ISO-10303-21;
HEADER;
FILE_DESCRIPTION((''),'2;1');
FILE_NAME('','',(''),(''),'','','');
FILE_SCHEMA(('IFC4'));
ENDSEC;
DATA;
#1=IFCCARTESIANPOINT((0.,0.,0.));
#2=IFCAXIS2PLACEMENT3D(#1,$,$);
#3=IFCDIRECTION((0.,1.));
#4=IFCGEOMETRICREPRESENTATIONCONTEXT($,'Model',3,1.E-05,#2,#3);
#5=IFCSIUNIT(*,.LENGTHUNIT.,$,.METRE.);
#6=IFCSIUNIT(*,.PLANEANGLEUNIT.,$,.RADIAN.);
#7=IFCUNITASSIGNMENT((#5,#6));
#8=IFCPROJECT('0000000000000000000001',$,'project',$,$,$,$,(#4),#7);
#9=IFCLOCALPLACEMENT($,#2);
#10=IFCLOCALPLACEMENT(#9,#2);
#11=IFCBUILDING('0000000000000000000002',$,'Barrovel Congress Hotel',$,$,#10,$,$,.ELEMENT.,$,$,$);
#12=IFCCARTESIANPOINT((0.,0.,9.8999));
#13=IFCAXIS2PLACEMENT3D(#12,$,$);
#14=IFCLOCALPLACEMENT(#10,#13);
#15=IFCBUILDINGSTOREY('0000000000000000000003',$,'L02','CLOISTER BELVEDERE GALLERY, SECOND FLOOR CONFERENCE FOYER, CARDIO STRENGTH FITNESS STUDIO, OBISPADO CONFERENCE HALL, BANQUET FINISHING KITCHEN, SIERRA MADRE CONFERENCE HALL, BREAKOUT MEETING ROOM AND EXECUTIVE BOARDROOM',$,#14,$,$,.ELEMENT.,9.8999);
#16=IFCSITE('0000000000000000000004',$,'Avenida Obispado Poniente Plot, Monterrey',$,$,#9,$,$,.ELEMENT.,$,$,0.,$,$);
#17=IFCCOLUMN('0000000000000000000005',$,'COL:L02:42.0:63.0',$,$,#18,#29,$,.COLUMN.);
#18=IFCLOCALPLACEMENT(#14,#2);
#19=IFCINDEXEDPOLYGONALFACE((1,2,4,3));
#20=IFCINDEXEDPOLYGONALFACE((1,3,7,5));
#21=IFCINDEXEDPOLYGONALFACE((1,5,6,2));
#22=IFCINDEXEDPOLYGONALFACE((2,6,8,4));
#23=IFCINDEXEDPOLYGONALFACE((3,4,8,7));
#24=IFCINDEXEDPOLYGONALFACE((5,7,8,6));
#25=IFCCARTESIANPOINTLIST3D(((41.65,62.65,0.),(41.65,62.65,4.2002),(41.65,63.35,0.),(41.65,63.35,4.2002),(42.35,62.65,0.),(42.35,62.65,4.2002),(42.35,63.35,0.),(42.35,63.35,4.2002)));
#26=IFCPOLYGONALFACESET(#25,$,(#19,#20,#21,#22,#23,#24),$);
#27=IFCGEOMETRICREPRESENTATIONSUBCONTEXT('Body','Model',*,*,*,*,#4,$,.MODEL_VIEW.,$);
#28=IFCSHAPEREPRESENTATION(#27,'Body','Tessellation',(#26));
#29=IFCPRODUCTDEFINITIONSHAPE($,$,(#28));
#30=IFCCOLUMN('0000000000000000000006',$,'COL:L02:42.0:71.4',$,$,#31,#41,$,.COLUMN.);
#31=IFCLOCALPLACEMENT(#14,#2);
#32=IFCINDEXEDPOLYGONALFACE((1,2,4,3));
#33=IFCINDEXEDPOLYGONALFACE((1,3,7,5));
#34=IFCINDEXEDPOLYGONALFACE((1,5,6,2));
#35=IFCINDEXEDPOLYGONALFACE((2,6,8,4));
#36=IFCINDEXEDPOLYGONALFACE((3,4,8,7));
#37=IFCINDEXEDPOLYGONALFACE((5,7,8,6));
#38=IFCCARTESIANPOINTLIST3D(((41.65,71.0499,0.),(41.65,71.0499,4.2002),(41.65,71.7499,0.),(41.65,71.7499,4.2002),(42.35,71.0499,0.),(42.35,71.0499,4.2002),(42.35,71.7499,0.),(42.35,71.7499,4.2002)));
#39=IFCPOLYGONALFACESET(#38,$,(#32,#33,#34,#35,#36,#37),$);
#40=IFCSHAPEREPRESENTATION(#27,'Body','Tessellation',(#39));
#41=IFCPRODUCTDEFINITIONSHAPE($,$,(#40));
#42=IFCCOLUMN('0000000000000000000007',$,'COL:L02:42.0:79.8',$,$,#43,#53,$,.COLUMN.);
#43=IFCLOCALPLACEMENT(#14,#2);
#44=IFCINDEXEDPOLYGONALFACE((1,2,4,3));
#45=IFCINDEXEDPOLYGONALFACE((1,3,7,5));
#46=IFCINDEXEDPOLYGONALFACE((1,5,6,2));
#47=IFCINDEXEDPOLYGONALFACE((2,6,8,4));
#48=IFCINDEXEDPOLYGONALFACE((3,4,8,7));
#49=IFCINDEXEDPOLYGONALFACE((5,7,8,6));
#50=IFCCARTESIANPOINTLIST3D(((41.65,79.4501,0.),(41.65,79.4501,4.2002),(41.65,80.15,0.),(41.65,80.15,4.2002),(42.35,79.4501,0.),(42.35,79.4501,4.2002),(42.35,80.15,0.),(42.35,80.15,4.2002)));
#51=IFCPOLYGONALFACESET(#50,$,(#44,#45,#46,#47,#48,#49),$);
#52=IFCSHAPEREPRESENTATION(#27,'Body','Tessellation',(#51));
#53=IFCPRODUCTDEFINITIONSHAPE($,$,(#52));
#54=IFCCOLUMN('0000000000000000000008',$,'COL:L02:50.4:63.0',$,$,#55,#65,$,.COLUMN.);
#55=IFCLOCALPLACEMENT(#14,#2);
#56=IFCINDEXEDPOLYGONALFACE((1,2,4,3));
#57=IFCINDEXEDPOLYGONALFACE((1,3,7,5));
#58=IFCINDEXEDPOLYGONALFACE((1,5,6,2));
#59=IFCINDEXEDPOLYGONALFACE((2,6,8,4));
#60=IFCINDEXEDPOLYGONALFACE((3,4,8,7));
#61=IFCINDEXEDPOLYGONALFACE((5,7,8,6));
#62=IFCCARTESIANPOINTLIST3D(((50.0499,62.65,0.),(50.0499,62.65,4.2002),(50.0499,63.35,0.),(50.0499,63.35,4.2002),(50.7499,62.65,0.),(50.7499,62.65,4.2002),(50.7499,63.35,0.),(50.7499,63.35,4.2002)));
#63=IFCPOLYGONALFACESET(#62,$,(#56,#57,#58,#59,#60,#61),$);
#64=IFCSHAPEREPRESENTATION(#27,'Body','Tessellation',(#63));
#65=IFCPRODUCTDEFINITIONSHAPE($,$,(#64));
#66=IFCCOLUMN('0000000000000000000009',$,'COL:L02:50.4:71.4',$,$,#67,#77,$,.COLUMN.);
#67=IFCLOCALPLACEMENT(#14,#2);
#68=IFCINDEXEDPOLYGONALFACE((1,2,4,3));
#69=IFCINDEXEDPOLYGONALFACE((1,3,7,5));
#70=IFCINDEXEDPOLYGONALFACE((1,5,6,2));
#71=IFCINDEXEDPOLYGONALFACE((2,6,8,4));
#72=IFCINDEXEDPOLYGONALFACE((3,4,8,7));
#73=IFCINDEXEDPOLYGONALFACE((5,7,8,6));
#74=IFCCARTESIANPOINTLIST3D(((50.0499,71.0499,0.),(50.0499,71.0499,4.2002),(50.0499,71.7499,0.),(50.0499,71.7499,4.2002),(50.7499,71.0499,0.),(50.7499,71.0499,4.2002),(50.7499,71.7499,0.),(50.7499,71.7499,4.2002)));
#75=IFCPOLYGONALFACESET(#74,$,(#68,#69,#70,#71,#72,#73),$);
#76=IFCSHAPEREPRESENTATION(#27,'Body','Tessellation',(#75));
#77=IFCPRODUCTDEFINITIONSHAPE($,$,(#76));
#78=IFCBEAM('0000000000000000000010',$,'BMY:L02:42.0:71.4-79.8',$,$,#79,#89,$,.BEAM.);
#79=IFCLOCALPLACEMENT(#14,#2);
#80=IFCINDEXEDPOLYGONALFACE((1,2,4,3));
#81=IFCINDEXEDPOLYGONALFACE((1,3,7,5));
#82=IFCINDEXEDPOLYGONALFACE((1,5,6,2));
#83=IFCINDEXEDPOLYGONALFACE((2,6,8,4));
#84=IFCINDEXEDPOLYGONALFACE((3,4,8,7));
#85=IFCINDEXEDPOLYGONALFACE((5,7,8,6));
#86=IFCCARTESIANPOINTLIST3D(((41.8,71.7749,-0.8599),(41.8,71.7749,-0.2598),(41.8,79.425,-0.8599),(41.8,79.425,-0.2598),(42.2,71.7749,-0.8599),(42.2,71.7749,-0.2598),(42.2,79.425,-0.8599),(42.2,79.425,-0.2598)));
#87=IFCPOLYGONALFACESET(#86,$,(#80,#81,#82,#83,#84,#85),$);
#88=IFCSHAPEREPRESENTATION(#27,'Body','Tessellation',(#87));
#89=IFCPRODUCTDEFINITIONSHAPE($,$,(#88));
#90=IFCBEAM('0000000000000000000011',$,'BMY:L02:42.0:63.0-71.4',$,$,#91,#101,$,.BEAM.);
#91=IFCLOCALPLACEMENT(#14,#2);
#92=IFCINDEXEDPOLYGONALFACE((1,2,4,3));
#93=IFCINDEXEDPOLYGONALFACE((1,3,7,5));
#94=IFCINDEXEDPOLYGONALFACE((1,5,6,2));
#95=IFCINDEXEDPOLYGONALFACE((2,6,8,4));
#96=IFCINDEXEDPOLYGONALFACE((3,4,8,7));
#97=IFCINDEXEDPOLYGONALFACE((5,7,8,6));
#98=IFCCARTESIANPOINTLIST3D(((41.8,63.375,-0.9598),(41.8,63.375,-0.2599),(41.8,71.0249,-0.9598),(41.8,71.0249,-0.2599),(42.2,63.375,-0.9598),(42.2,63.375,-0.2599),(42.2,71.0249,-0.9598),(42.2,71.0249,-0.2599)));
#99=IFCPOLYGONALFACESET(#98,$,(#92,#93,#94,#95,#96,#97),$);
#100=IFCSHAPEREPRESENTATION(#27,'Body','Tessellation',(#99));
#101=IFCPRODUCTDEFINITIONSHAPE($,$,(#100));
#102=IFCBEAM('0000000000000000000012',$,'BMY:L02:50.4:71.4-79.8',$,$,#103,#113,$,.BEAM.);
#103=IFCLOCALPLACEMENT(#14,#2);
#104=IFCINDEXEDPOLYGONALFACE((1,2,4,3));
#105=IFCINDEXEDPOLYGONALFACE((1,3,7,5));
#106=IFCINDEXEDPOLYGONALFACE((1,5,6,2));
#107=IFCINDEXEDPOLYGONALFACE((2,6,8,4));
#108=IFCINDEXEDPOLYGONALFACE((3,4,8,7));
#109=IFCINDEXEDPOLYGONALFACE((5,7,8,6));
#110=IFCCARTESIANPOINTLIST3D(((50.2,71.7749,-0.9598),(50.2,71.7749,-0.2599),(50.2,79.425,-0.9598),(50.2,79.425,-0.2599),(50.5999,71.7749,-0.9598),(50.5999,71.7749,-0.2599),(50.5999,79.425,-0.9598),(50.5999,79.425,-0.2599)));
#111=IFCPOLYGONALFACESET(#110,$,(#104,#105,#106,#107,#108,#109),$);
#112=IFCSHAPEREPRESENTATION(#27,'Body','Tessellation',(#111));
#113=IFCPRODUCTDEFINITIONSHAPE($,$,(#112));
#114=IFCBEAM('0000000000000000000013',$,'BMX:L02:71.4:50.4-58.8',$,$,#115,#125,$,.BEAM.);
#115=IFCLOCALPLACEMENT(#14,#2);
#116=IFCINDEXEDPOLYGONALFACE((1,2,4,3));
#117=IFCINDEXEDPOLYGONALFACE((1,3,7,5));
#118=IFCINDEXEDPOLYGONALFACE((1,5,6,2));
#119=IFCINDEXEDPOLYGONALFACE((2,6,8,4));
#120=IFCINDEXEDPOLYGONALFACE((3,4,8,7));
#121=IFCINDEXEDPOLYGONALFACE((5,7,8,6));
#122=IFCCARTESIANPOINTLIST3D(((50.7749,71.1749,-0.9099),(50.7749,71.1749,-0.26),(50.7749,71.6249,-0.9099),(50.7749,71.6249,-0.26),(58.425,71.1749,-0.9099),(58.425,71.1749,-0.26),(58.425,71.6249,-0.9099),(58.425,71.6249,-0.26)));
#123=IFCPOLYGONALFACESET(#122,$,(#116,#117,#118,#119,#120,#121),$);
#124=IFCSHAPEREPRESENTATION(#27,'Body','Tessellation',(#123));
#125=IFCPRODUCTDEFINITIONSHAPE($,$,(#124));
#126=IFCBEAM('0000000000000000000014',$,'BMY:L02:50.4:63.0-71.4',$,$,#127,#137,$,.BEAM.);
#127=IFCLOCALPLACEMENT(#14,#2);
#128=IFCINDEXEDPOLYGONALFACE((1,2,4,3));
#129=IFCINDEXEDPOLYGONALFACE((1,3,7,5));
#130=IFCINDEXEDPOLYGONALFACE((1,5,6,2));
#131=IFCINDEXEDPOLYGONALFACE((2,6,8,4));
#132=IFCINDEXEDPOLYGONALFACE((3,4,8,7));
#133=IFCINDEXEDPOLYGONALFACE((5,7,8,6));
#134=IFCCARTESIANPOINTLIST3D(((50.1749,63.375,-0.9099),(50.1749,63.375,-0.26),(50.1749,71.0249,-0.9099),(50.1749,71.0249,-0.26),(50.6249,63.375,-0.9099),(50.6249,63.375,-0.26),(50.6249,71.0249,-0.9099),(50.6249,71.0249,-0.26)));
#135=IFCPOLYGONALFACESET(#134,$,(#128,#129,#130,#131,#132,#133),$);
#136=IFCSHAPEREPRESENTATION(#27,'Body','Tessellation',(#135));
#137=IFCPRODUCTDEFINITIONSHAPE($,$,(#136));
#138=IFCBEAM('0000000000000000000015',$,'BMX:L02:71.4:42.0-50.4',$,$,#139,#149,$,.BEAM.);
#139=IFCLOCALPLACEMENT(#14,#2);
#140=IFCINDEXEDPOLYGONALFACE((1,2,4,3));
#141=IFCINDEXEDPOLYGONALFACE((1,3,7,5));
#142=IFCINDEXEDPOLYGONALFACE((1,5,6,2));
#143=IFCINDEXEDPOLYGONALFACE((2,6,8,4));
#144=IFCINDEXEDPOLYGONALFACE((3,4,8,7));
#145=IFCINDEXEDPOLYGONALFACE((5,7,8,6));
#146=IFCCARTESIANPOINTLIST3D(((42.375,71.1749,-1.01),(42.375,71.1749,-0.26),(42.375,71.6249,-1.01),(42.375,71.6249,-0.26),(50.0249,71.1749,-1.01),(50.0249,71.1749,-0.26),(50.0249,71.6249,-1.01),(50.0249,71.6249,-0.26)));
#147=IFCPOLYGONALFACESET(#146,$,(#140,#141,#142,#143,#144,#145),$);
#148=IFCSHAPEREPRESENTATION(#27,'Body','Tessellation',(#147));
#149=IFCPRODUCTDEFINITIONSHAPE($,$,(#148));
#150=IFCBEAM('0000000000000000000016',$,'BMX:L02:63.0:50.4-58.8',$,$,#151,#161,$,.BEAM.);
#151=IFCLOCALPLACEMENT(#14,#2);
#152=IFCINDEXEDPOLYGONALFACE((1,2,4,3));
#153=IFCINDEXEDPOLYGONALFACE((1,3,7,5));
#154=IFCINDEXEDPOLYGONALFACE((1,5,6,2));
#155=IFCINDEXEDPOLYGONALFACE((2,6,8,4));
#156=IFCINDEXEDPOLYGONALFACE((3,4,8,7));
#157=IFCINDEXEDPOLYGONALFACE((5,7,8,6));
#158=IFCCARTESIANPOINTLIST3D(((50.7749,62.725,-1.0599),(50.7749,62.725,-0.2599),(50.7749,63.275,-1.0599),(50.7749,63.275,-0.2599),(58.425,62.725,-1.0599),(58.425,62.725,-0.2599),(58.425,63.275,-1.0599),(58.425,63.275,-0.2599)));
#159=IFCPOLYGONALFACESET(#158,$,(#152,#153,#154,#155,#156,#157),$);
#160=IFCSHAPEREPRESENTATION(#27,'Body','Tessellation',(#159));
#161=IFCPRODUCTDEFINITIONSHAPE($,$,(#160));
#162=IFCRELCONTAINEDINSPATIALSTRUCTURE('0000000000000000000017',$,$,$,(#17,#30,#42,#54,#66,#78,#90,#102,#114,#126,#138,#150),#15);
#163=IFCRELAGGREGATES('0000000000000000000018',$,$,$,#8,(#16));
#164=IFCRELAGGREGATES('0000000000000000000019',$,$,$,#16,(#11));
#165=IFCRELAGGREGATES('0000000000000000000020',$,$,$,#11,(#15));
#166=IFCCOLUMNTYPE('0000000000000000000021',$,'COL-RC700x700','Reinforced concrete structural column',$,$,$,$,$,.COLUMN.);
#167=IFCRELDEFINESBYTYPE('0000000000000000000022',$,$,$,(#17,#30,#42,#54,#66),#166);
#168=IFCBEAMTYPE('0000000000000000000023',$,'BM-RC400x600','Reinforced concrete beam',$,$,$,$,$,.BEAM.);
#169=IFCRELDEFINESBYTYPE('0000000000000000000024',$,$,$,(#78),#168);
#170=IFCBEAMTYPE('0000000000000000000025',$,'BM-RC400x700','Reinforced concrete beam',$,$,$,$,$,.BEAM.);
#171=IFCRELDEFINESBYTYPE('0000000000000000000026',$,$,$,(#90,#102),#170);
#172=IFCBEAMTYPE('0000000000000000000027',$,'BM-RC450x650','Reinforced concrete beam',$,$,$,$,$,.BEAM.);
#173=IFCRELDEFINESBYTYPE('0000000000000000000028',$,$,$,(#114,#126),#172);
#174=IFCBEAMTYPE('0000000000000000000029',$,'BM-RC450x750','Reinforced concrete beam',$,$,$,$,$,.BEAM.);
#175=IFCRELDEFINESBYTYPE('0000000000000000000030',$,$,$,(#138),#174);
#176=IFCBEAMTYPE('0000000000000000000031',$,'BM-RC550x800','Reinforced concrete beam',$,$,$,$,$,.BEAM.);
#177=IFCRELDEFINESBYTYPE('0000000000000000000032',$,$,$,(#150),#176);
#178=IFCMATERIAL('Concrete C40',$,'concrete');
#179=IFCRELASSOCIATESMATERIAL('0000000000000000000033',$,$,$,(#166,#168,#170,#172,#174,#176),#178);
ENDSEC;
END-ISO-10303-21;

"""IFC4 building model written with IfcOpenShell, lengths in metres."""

from ifc_helpers import new_model, si_unit, direction, frame, origin, origin_2d, place, context, subcontext, project, spatial, rectangle, extrude, material, material_profile, profile_set, type_object, element, save


model = new_model("IFC4")

# Units and contexts
model_context = context("Model", 3, precision=1e-05, world=origin(), true_north=direction((0.0, 1.0)))
body_context = subcontext(model_context, "Body", "Model", "MODEL_VIEW")
ifc_project = project(units=[si_unit("LENGTHUNIT", "METRE"), si_unit("PLANEANGLEUNIT", "RADIAN")], contexts=[model_context])

# Site, building, storey
site_placement = place(None, origin())
site = spatial("IfcSite", under=ifc_project, at=site_placement, Name="Avenida Obispado Poniente Plot, Monterrey", CompositionType="ELEMENT", RefElevation=0.0)
building_placement = place(site_placement, origin())
building = spatial("IfcBuilding", under=site, at=building_placement, Name="Barrovel Congress Hotel", CompositionType="ELEMENT")
storey_placement = place(building_placement, frame((0.0, 0.0, 9.8999)))
storey = spatial("IfcBuildingStorey", under=building, at=storey_placement, Name="L02", Description="CLOISTER BELVEDERE GALLERY, SECOND FLOOR CONFERENCE FOYER, CARDIO STRENGTH FITNESS STUDIO, OBISPADO CONFERENCE HALL, BANQUET FINISHING KITCHEN, SIERRA MADRE CONFERENCE HALL, BREAKOUT MEETING ROOM AND EXECUTIVE BOARDROOM", CompositionType="ELEMENT", Elevation=9.8999)

# Columns
ifc_material_1 = material(Name="Concrete C40", Category="concrete")
ifc_material_profile_1 = material_profile(ifc_material_1, rectangle(XDim=0.7, YDim=0.7, at=origin_2d()), Name="RC700x700")
ifc_profile_set_1 = profile_set([ifc_material_profile_1], Name="Concrete C40")
column_type = type_object("IfcColumnType", Name="COL-RC700x700", Description="Reinforced concrete structural column", PredefinedType="COLUMN", material=ifc_profile_set_1)
for number, where, z_axis, x_axis, name in (
    (1, (42.0, 63.0, 0.0), (0.0, 0.0, 1.0), (1.0, 0.0, 0.0), "COL:L02:42.0:63.0"),
    (2, (42.0, 71.3999, 0.0), (0.0, 0.0, 1.0), (1.0, 0.0, 0.0), "COL:L02:42.0:71.4"),
    (3, (42.0, 79.8, 0.0), (0.0, 0.0, 1.0), (1.0, 0.0, 0.0), "COL:L02:42.0:79.8"),
    (4, (50.3999, 63.0, 0.0), (0.0, 0.0, 1.0), (1.0, 0.0, 0.0), "COL:L02:50.4:63.0"),
    (5, (50.3999, 71.3999, 0.0), (0.0, 0.0, 1.0), (1.0, 0.0, 0.0), "COL:L02:50.4:71.4"),
):
    element("IfcColumn", number, at=place(storey_placement, frame(where, z_axis=z_axis, x_axis=x_axis)), inside=storey, type_object=column_type, Name=name, PredefinedType="COLUMN", context=body_context, shape_type="SweptSolid", body=[
        extrude(rectangle(XDim=0.7, YDim=0.7, at=origin_2d()), origin(), (0.0, 0.0, 1.0), 4.2002),
    ])

# Beams
ifc_material_profile_2 = material_profile(ifc_material_1, rectangle(XDim=0.3999, YDim=0.6001, at=origin_2d()), Name="RC400x600")
ifc_profile_set_2 = profile_set([ifc_material_profile_2], Name="Concrete C40")
beam_type_1 = type_object("IfcBeamType", Name="BM-RC400x600", Description="Reinforced concrete beam", PredefinedType="BEAM", material=ifc_profile_set_2)
beam_1_placement = place(storey_placement, frame((42.0, 71.7749, -0.5598), z_axis=(0.0, 1.0, 0.0), x_axis=(-1.0, 0.0, 0.0)))
element("IfcBeam", 6, at=beam_1_placement, inside=storey, type_object=beam_type_1, Name="BMY:L02:42.0:71.4-79.8", PredefinedType="BEAM", context=body_context, shape_type="SweptSolid", body=[
    extrude(rectangle(XDim=0.3999, YDim=0.6001, at=origin_2d()), origin(), (0.0, 0.0, 1.0), 7.6501),
])
ifc_material_profile_3 = material_profile(ifc_material_1, rectangle(XDim=0.3999, YDim=0.7, at=origin_2d()), Name="RC400x700")
ifc_profile_set_3 = profile_set([ifc_material_profile_3], Name="Concrete C40")
beam_type_2 = type_object("IfcBeamType", Name="BM-RC400x700", Description="Reinforced concrete beam", PredefinedType="BEAM", material=ifc_profile_set_3)
beam_2_placement = place(storey_placement, frame((42.0, 63.375, -0.6099), z_axis=(0.0, 1.0, 0.0), x_axis=(-1.0, 0.0, 0.0)))
element("IfcBeam", 7, at=beam_2_placement, inside=storey, type_object=beam_type_2, Name="BMY:L02:42.0:63.0-71.4", PredefinedType="BEAM", context=body_context, shape_type="SweptSolid", body=[
    extrude(rectangle(XDim=0.3999, YDim=0.7, at=origin_2d()), origin(), (0.0, 0.0, 1.0), 7.6499),
])
beam_3_placement = place(storey_placement, frame((50.3999, 71.7749, -0.6099), z_axis=(0.0, 1.0, 0.0), x_axis=(-1.0, 0.0, 0.0)))
element("IfcBeam", 8, at=beam_3_placement, inside=storey, type_object=beam_type_2, Name="BMY:L02:50.4:71.4-79.8", PredefinedType="BEAM", context=body_context, shape_type="SweptSolid", body=[
    extrude(rectangle(XDim=0.3999, YDim=0.7, at=origin_2d()), origin(), (0.0, 0.0, 1.0), 7.6501),
])
ifc_material_profile_4 = material_profile(ifc_material_1, rectangle(XDim=0.45, YDim=0.6499, at=origin_2d()), Name="RC450x650")
ifc_profile_set_4 = profile_set([ifc_material_profile_4], Name="Concrete C40")
beam_type_3 = type_object("IfcBeamType", Name="BM-RC450x650", Description="Reinforced concrete beam", PredefinedType="BEAM", material=ifc_profile_set_4)
beam_4_placement = place(storey_placement, frame((50.7749, 71.3999, -0.585), z_axis=(1.0, 0.0, 0.0), x_axis=(0.0, 1.0, 0.0)))
element("IfcBeam", 9, at=beam_4_placement, inside=storey, type_object=beam_type_3, Name="BMX:L02:71.4:50.4-58.8", PredefinedType="BEAM", context=body_context, shape_type="SweptSolid", body=[
    extrude(rectangle(XDim=0.45, YDim=0.6499, at=origin_2d()), origin(), (0.0, 0.0, 1.0), 7.6501),
])
beam_5_placement = place(storey_placement, frame((50.3999, 63.375, -0.585), z_axis=(0.0, 1.0, 0.0), x_axis=(-1.0, 0.0, 0.0)))
element("IfcBeam", 10, at=beam_5_placement, inside=storey, type_object=beam_type_3, Name="BMY:L02:50.4:63.0-71.4", PredefinedType="BEAM", context=body_context, shape_type="SweptSolid", body=[
    extrude(rectangle(XDim=0.45, YDim=0.6499, at=origin_2d()), origin(), (0.0, 0.0, 1.0), 7.6499),
])
ifc_material_profile_5 = material_profile(ifc_material_1, rectangle(XDim=0.45, YDim=0.75, at=origin_2d()), Name="RC450x750")
ifc_profile_set_5 = profile_set([ifc_material_profile_5], Name="Concrete C40")
beam_type_4 = type_object("IfcBeamType", Name="BM-RC450x750", Description="Reinforced concrete beam", PredefinedType="BEAM", material=ifc_profile_set_5)
beam_6_placement = place(storey_placement, frame((42.375, 71.3999, -0.635), z_axis=(1.0, 0.0, 0.0), x_axis=(0.0, 1.0, 0.0)))
element("IfcBeam", 11, at=beam_6_placement, inside=storey, type_object=beam_type_4, Name="BMX:L02:71.4:42.0-50.4", PredefinedType="BEAM", context=body_context, shape_type="SweptSolid", body=[
    extrude(rectangle(XDim=0.45, YDim=0.75, at=origin_2d()), origin(), (0.0, 0.0, 1.0), 7.6499),
])
ifc_material_profile_6 = material_profile(ifc_material_1, rectangle(XDim=0.55, YDim=0.8, at=origin_2d()), Name="RC550x800")
ifc_profile_set_6 = profile_set([ifc_material_profile_6], Name="Concrete C40")
beam_type_5 = type_object("IfcBeamType", Name="BM-RC550x800", Description="Reinforced concrete beam", PredefinedType="BEAM", material=ifc_profile_set_6)
beam_7_placement = place(storey_placement, frame((50.7749, 63.0, -0.6599), z_axis=(1.0, 0.0, 0.0), x_axis=(0.0, 1.0, 0.0)))
element("IfcBeam", 12, at=beam_7_placement, inside=storey, type_object=beam_type_5, Name="BMX:L02:63.0:50.4-58.8", PredefinedType="BEAM", context=body_context, shape_type="SweptSolid", body=[
    extrude(rectangle(XDim=0.55, YDim=0.8, at=origin_2d()), origin(), (0.0, 0.0, 1.0), 7.6501),
])

save(model, "model.ifc")
